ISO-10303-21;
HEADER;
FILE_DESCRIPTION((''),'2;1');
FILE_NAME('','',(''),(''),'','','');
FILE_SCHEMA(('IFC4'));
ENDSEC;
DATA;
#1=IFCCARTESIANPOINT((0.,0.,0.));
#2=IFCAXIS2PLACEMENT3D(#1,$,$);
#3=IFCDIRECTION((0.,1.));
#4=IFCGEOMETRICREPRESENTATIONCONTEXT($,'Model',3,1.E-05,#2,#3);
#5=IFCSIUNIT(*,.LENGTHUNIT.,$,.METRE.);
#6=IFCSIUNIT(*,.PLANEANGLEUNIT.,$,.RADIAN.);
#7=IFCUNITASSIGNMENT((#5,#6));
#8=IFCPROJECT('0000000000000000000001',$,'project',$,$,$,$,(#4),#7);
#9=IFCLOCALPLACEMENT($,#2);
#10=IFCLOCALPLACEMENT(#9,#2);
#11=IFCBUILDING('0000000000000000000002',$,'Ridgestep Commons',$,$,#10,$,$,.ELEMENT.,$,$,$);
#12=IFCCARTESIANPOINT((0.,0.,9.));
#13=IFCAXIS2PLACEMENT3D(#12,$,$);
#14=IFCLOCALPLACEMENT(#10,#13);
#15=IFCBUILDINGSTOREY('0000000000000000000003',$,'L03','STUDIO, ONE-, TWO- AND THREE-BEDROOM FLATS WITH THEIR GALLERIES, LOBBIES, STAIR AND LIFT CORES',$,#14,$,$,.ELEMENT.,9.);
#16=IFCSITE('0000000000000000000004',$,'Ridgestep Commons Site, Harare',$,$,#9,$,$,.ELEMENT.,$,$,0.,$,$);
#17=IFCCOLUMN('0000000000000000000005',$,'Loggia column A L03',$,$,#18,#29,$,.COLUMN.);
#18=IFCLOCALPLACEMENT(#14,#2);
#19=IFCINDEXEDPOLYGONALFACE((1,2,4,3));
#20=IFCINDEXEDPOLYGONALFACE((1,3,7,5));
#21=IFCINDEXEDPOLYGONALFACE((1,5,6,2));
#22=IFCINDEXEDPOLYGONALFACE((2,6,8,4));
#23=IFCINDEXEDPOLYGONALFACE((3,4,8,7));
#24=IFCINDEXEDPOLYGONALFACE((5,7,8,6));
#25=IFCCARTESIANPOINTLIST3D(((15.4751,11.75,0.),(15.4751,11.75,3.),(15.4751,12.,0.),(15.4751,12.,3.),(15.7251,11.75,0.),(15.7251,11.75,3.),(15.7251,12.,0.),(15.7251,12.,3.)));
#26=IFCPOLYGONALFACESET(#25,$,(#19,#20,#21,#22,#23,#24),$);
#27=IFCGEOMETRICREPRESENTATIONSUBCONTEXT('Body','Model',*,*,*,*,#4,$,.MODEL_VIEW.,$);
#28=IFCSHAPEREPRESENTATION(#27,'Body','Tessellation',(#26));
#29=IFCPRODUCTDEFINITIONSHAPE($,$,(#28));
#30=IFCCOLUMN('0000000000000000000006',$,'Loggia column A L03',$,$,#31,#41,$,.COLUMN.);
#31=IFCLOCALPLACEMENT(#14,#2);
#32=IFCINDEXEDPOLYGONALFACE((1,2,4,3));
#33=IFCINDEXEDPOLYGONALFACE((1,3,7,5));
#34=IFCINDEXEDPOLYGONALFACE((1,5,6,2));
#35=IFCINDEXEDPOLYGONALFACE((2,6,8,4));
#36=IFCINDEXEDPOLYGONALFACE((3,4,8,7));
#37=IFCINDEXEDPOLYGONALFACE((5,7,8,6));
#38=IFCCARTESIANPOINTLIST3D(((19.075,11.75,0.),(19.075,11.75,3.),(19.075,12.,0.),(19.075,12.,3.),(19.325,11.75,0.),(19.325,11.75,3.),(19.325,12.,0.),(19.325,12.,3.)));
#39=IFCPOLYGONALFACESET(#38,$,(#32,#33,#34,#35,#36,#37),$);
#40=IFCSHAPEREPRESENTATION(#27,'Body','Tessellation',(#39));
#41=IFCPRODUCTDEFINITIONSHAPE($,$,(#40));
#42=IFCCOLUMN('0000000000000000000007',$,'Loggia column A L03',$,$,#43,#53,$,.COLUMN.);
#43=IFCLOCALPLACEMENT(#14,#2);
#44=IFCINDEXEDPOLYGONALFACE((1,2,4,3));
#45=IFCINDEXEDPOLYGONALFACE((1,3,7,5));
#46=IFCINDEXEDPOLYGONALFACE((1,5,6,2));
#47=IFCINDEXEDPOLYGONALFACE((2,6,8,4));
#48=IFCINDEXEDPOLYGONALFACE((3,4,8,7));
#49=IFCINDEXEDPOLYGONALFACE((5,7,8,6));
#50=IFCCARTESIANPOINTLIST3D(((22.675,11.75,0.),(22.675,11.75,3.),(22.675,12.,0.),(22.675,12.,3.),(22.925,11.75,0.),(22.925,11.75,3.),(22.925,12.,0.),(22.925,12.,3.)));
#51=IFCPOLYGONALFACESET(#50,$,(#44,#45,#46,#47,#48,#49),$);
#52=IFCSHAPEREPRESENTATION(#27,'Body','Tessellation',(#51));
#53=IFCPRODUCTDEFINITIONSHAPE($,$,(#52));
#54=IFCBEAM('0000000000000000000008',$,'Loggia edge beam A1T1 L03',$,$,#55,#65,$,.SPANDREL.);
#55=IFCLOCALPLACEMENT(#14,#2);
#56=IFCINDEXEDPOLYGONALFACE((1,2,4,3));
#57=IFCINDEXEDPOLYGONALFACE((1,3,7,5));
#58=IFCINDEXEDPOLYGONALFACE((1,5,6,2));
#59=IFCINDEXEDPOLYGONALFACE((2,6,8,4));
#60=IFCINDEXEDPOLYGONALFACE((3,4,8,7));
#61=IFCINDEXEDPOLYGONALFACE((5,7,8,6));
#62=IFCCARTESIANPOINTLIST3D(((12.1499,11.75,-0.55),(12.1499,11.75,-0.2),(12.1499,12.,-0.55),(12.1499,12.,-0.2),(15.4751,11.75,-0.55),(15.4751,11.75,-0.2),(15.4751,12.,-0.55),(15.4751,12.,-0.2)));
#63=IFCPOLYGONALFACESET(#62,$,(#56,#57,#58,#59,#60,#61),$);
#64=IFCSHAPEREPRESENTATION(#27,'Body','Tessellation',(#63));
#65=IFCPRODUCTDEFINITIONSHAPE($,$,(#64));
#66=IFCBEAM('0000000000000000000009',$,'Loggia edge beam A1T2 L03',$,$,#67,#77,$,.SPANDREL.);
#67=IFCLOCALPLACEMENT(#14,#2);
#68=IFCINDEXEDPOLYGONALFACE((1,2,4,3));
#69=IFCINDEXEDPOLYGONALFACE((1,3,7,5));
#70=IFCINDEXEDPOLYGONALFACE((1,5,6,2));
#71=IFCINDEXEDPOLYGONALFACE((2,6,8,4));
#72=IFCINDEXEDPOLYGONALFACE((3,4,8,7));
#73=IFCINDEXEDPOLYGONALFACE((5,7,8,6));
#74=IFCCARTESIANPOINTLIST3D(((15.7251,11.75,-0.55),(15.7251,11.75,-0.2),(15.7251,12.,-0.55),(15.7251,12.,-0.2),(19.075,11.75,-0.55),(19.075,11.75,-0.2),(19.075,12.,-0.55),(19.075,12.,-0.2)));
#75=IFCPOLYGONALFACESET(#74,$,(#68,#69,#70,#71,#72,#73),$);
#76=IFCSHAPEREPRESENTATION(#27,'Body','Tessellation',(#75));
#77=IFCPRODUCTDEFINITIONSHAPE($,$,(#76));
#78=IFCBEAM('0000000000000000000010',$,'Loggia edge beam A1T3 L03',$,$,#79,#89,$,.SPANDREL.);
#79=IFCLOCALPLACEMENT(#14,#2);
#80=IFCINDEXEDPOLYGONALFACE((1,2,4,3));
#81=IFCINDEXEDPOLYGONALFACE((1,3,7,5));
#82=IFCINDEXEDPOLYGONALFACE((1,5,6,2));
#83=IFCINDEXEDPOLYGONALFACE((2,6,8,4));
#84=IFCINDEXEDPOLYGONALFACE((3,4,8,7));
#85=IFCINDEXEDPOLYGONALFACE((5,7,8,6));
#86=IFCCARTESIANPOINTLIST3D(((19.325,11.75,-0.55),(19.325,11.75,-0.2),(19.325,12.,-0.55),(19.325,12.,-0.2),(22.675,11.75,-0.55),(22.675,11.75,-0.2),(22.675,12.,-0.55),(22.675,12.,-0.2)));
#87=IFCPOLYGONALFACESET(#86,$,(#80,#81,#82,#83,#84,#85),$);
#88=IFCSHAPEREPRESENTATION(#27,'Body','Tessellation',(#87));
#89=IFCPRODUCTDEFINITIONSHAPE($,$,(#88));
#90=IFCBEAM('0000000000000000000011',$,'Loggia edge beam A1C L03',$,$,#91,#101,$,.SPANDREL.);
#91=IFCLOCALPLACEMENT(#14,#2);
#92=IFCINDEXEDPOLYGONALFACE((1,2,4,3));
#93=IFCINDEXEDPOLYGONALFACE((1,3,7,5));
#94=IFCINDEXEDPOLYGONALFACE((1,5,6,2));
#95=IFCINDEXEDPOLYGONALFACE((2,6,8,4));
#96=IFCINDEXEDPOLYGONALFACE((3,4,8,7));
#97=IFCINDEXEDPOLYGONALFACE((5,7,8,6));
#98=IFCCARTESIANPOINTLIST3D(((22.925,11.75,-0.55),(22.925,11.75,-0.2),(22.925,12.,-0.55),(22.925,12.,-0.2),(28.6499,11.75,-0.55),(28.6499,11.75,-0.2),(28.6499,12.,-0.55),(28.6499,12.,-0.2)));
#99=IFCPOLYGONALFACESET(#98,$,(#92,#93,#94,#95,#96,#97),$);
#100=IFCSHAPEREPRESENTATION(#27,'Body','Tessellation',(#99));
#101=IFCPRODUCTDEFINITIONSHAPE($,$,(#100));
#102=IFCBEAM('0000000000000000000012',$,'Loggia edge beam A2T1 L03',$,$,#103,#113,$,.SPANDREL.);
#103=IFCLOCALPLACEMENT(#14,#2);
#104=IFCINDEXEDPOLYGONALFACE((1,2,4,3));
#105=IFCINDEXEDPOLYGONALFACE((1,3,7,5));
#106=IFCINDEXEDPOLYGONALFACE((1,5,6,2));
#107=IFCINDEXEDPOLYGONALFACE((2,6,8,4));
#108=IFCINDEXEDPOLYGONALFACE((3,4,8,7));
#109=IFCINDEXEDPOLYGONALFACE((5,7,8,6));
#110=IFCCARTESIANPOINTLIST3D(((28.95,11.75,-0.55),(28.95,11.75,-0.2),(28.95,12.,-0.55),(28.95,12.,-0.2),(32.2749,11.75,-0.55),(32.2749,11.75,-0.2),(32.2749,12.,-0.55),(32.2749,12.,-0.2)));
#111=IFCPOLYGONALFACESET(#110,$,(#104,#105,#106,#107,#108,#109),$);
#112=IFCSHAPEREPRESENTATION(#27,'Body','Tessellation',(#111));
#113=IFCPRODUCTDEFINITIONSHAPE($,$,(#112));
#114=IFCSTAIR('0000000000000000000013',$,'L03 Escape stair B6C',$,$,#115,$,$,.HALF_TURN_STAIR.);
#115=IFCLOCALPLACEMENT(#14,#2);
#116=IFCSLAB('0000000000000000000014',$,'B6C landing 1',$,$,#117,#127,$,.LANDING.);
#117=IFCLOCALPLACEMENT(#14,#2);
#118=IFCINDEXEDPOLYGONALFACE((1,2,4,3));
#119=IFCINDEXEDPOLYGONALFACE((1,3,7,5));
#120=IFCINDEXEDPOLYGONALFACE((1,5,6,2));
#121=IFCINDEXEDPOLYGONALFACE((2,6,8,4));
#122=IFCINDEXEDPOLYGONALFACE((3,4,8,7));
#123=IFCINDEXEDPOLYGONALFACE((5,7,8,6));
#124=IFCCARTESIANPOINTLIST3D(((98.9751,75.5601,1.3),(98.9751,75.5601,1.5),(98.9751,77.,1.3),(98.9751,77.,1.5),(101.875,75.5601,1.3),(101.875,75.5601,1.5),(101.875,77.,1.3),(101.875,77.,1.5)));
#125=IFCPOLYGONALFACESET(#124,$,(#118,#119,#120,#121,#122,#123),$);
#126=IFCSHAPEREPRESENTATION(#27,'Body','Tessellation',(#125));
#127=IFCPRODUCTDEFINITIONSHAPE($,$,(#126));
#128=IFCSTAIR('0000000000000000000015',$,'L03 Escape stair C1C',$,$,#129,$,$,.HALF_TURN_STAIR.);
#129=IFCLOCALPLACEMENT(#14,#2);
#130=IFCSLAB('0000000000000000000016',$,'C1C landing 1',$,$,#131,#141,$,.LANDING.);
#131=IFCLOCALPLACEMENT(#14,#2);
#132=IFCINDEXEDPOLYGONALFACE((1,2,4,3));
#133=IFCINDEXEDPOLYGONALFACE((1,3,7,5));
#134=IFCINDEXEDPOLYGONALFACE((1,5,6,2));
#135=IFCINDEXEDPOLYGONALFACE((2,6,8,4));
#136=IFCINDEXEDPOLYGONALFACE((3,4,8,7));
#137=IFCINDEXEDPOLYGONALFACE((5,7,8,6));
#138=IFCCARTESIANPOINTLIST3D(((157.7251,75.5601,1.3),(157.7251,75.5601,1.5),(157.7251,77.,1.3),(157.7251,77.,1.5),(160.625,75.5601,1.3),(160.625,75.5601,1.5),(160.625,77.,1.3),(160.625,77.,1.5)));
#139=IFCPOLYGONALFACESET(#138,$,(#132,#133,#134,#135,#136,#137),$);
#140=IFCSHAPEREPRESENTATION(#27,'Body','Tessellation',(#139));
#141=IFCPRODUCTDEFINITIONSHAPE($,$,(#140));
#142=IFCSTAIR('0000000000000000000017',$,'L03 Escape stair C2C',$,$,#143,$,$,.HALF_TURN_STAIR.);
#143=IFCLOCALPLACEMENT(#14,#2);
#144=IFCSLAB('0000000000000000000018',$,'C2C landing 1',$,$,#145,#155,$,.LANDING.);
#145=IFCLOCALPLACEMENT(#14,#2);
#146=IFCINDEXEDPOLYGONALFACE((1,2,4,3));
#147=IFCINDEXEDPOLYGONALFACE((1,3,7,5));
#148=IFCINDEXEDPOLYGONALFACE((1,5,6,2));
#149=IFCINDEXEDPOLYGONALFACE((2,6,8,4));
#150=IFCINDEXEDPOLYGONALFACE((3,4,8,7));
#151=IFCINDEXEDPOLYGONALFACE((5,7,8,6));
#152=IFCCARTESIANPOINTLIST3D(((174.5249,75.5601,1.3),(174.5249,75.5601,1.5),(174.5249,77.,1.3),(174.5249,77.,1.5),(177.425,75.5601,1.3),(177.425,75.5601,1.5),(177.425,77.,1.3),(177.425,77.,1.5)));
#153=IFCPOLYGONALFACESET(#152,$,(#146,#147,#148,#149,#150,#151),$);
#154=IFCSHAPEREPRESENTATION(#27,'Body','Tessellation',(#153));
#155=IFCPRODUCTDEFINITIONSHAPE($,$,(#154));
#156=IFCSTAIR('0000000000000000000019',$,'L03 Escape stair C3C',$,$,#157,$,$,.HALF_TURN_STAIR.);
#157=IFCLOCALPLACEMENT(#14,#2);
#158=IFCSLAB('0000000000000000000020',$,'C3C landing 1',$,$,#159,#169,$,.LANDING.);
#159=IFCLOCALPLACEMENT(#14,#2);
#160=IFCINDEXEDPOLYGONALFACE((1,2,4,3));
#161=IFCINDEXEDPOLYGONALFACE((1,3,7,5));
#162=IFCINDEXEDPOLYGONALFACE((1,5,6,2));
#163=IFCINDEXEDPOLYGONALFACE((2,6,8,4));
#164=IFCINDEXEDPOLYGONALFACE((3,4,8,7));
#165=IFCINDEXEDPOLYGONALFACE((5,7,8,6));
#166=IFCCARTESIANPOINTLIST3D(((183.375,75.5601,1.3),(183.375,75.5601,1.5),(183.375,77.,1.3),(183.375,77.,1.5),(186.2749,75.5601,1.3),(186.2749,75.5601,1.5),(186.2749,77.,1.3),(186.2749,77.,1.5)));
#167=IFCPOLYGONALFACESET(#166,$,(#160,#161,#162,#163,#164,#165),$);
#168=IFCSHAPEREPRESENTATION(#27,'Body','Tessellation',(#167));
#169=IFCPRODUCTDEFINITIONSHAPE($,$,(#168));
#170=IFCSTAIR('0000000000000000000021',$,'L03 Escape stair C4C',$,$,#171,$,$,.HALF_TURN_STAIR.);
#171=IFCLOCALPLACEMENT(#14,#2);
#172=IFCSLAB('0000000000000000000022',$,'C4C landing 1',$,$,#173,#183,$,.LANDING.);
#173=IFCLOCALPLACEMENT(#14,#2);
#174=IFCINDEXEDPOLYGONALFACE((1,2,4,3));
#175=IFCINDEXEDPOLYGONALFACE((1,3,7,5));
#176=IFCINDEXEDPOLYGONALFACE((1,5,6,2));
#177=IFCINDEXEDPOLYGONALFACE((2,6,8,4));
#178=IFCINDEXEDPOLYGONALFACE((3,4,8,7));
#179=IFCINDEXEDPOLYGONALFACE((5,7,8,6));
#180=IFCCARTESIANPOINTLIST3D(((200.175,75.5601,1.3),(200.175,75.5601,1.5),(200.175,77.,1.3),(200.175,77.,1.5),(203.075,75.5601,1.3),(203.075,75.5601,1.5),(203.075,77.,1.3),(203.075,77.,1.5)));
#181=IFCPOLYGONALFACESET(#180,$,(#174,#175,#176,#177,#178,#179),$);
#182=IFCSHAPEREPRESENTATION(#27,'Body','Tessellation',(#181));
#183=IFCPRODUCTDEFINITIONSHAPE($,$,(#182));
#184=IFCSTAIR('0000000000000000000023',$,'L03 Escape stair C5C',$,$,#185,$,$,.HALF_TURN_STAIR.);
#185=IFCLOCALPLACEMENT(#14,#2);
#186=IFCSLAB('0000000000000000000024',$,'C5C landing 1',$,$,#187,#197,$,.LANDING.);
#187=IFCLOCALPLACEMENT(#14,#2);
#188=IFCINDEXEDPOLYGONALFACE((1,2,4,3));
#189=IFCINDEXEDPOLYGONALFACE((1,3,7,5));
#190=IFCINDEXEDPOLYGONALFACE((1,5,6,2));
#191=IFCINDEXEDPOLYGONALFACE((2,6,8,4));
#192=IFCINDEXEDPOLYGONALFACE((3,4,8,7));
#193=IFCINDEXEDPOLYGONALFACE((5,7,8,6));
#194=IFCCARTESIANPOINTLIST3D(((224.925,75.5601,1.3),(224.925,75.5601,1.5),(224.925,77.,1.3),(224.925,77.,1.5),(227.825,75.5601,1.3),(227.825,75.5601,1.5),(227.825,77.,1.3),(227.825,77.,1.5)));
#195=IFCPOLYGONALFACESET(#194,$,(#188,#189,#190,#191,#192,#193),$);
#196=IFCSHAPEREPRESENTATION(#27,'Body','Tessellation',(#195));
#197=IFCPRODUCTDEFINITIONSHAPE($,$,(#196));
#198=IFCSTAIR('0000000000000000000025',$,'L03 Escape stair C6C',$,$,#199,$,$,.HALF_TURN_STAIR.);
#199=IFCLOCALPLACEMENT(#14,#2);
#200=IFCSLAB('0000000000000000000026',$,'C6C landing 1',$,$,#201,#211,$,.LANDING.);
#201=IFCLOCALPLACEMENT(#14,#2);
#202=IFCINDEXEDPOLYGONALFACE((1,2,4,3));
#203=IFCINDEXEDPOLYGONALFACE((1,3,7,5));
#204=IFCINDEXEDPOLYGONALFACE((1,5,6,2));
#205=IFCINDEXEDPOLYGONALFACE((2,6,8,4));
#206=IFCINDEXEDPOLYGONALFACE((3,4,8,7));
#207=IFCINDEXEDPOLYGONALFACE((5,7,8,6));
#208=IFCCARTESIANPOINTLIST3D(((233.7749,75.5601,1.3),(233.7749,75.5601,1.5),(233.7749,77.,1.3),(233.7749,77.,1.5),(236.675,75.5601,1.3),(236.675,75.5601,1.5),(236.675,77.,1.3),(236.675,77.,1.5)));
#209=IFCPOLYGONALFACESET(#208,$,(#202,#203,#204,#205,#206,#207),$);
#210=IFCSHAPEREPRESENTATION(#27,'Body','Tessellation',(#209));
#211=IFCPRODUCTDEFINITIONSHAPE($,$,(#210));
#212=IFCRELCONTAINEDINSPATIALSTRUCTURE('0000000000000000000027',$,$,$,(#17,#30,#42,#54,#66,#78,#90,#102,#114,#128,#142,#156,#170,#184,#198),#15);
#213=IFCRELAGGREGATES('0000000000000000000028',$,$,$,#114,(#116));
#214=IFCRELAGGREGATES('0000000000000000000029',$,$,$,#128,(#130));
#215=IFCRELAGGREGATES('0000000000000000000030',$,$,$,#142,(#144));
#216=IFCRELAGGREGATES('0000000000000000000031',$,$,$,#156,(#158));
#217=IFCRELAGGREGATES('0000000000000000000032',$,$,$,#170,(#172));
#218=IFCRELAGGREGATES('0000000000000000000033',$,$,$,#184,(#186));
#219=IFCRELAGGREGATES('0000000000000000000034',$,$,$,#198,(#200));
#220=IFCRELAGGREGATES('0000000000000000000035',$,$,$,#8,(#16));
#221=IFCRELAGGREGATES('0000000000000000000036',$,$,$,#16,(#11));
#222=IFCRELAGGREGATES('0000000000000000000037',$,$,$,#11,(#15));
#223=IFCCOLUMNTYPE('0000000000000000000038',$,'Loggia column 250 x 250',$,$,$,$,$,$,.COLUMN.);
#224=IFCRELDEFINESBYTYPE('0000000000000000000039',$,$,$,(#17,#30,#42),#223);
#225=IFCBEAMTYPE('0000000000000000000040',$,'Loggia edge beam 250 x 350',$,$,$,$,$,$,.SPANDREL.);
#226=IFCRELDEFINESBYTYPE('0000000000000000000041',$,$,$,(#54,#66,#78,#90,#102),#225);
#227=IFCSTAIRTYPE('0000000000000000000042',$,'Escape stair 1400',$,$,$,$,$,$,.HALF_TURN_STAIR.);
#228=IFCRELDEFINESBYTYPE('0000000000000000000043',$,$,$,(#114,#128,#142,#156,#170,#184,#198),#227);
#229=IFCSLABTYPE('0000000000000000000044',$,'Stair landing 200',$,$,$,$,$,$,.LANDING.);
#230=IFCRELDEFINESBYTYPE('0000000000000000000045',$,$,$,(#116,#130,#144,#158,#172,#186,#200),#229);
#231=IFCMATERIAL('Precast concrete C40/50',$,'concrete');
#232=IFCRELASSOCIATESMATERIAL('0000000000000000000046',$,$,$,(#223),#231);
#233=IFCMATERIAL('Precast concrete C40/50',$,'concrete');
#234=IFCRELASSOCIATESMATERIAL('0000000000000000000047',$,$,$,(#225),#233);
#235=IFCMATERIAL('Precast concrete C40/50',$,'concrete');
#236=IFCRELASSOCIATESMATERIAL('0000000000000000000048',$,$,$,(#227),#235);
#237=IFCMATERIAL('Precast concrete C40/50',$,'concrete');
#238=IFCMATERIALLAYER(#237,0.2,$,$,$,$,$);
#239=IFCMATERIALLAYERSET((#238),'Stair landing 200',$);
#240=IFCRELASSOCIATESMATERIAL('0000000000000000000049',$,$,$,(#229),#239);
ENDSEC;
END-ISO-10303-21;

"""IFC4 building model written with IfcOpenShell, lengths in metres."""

from ifc_helpers import new_model, si_unit, direction, frame, origin, origin_2d, place, context, subcontext, project, spatial, polyline, rectangle, outline, extrude, material, layer, layer_set, material_profile, profile_set, type_object, element, aggregate, save


model = new_model("IFC4")

# Units and contexts
model_context = context("Model", 3, precision=1e-05, world=origin(), true_north=direction((0.0, 1.0)))
body_context = subcontext(model_context, "Body", "Model", "MODEL_VIEW")
ifc_project = project(units=[si_unit("LENGTHUNIT", "METRE"), si_unit("PLANEANGLEUNIT", "RADIAN")], contexts=[model_context])

# Site, building, storey
site_placement = place(None, origin())
site = spatial("IfcSite", under=ifc_project, at=site_placement, Name="Ridgestep Commons Site, Harare", CompositionType="ELEMENT", RefElevation=0.0)
building_placement = place(site_placement, origin())
building = spatial("IfcBuilding", under=site, at=building_placement, Name="Ridgestep Commons", CompositionType="ELEMENT")
storey_placement = place(building_placement, frame((0.0, 0.0, 9.0)))
storey = spatial("IfcBuildingStorey", under=building, at=storey_placement, Name="L03", Description="STUDIO, ONE-, TWO- AND THREE-BEDROOM FLATS WITH THEIR GALLERIES, LOBBIES, STAIR AND LIFT CORES", CompositionType="ELEMENT", Elevation=9.0)

# Columns
ifc_material_1 = material(Name="Precast concrete C40/50", Category="concrete")
ifc_material_profile_1 = material_profile(ifc_material_1, rectangle(XDim=0.25, YDim=0.25, at=origin_2d()), Name="PC 250x250")
ifc_profile_set_1 = profile_set([ifc_material_profile_1], Name="Precast concrete C40/50")
column_type = type_object("IfcColumnType", Name="Loggia column 250 x 250", PredefinedType="COLUMN", material=ifc_profile_set_1)
for number, where, z_axis, x_axis, name in (
    (1, (15.6001, 11.875, 0.0), (0.0, 0.0, 1.0), (1.0, 0.0, 0.0), "Loggia column A L03"),
    (2, (19.2, 11.875, 0.0), (0.0, 0.0, 1.0), (1.0, 0.0, 0.0), "Loggia column A L03"),
    (3, (22.8, 11.875, 0.0), (0.0, 0.0, 1.0), (1.0, 0.0, 0.0), "Loggia column A L03"),
):
    element("IfcColumn", number, at=place(storey_placement, frame(where, z_axis=z_axis, x_axis=x_axis)), inside=storey, type_object=column_type, Name=name, PredefinedType="COLUMN", context=body_context, shape_type="SweptSolid", body=[
        extrude(rectangle(XDim=0.25, YDim=0.25, at=origin_2d()), origin(), (0.0, 0.0, 1.0), 3.0),
    ])

# Beams
ifc_material_2 = material(Name="Precast concrete C40/50", Category="concrete")
ifc_material_profile_2 = material_profile(ifc_material_2, rectangle(XDim=0.25, YDim=0.3501, at=origin_2d()), Name="PC 250x350")
ifc_profile_set_2 = profile_set([ifc_material_profile_2], Name="Precast concrete C40/50")
beam_type = type_object("IfcBeamType", Name="Loggia edge beam 250 x 350", PredefinedType="SPANDREL", material=ifc_profile_set_2)
beam_1_placement = place(storey_placement, frame((12.1499, 11.875, -0.375), z_axis=(1.0, 0.0, 0.0), x_axis=(0.0, 1.0, 0.0)))
element("IfcBeam", 4, at=beam_1_placement, inside=storey, type_object=beam_type, Name="Loggia edge beam A1T1 L03", PredefinedType="SPANDREL", context=body_context, shape_type="SweptSolid", body=[
    extrude(rectangle(XDim=0.25, YDim=0.3501, at=origin_2d()), origin(), (0.0, 0.0, 1.0), 3.3252),
])
beam_2_placement = place(storey_placement, frame((15.7251, 11.875, -0.375), z_axis=(1.0, 0.0, 0.0), x_axis=(0.0, 1.0, 0.0)))
element("IfcBeam", 5, at=beam_2_placement, inside=storey, type_object=beam_type, Name="Loggia edge beam A1T2 L03", PredefinedType="SPANDREL", context=body_context, shape_type="SweptSolid", body=[
    extrude(rectangle(XDim=0.25, YDim=0.3501, at=origin_2d()), origin(), (0.0, 0.0, 1.0), 3.3499),
])
beam_3_placement = place(storey_placement, frame((19.325, 11.875, -0.375), z_axis=(1.0, 0.0, 0.0), x_axis=(0.0, 1.0, 0.0)))
element("IfcBeam", 6, at=beam_3_placement, inside=storey, type_object=beam_type, Name="Loggia edge beam A1T3 L03", PredefinedType="SPANDREL", context=body_context, shape_type="SweptSolid", body=[
    extrude(rectangle(XDim=0.25, YDim=0.3501, at=origin_2d()), origin(), (0.0, 0.0, 1.0), 3.3501),
])
beam_4_placement = place(storey_placement, frame((22.925, 11.875, -0.375), z_axis=(1.0, 0.0, 0.0), x_axis=(0.0, 1.0, 0.0)))
element("IfcBeam", 7, at=beam_4_placement, inside=storey, type_object=beam_type, Name="Loggia edge beam A1C L03", PredefinedType="SPANDREL", context=body_context, shape_type="SweptSolid", body=[
    extrude(rectangle(XDim=0.25, YDim=0.3501, at=origin_2d()), origin(), (0.0, 0.0, 1.0), 5.7249),
])
beam_5_placement = place(storey_placement, frame((28.95, 11.875, -0.375), z_axis=(1.0, 0.0, 0.0), x_axis=(0.0, 1.0, 0.0)))
element("IfcBeam", 8, at=beam_5_placement, inside=storey, type_object=beam_type, Name="Loggia edge beam A2T1 L03", PredefinedType="SPANDREL", context=body_context, shape_type="SweptSolid", body=[
    extrude(rectangle(XDim=0.25, YDim=0.3501, at=origin_2d()), origin(), (0.0, 0.0, 1.0), 3.325),
])

# Stairs, slabs
ifc_material_3 = material(Name="Precast concrete C40/50", Category="concrete")
stair_type = type_object("IfcStairType", Name="Escape stair 1400", PredefinedType="HALF_TURN_STAIR", material=ifc_material_3)
stair_1_placement = place(storey_placement, origin())
stair_1 = element("IfcStair", 9, at=stair_1_placement, inside=storey, type_object=stair_type, Name="L03 Escape stair B6C", PredefinedType="HALF_TURN_STAIR")
ifc_material_4 = material(Name="Precast concrete C40/50", Category="concrete")
ifc_layer_1 = layer(ifc_material_4, 0.2)
ifc_layer_set_1 = layer_set([ifc_layer_1], Name="Stair landing 200")
slab_type = type_object("IfcSlabType", Name="Stair landing 200", PredefinedType="LANDING", material=ifc_layer_set_1)
slab_1_placement = place(storey_placement, frame((0.0, 0.0, 1.3)))
slab_1 = element("IfcSlab", 10, at=slab_1_placement, type_object=slab_type, Name="B6C landing 1", PredefinedType="LANDING", context=body_context, shape_type="SweptSolid", body=[
    extrude(outline(polyline([(101.875, 75.5601), (101.875, 77.0), (98.9751, 77.0), (98.9751, 75.5601), (101.875, 75.5601)])), origin(), (0.0, 0.0, 1.0), 0.2),
])
aggregate(stair_1, [slab_1])
stair_2_placement = place(storey_placement, origin())
stair_2 = element("IfcStair", 11, at=stair_2_placement, inside=storey, type_object=stair_type, Name="L03 Escape stair C1C", PredefinedType="HALF_TURN_STAIR")
slab_2_placement = place(storey_placement, frame((0.0, 0.0, 1.3)))
slab_2 = element("IfcSlab", 12, at=slab_2_placement, type_object=slab_type, Name="C1C landing 1", PredefinedType="LANDING", context=body_context, shape_type="SweptSolid", body=[
    extrude(outline(polyline([(160.625, 75.5601), (160.625, 77.0), (157.7251, 77.0), (157.7251, 75.5601), (160.625, 75.5601)])), origin(), (0.0, 0.0, 1.0), 0.2),
])
aggregate(stair_2, [slab_2])
stair_3_placement = place(storey_placement, origin())
stair_3 = element("IfcStair", 13, at=stair_3_placement, inside=storey, type_object=stair_type, Name="L03 Escape stair C2C", PredefinedType="HALF_TURN_STAIR")
slab_3_placement = place(storey_placement, frame((0.0, 0.0, 1.3)))
slab_3 = element("IfcSlab", 14, at=slab_3_placement, type_object=slab_type, Name="C2C landing 1", PredefinedType="LANDING", context=body_context, shape_type="SweptSolid", body=[
    extrude(outline(polyline([(177.425, 75.5601), (177.425, 77.0), (174.5249, 77.0), (174.5249, 75.5601), (177.425, 75.5601)])), origin(), (0.0, 0.0, 1.0), 0.2),
])
aggregate(stair_3, [slab_3])
stair_4_placement = place(storey_placement, origin())
stair_4 = element("IfcStair", 15, at=stair_4_placement, inside=storey, type_object=stair_type, Name="L03 Escape stair C3C", PredefinedType="HALF_TURN_STAIR")
slab_4_placement = place(storey_placement, frame((0.0, 0.0, 1.3)))
slab_4 = element("IfcSlab", 16, at=slab_4_placement, type_object=slab_type, Name="C3C landing 1", PredefinedType="LANDING", context=body_context, shape_type="SweptSolid", body=[
    extrude(outline(polyline([(186.2749, 75.5601), (186.2749, 77.0), (183.375, 77.0), (183.375, 75.5601), (186.2749, 75.5601)])), origin(), (0.0, 0.0, 1.0), 0.2),
])
aggregate(stair_4, [slab_4])
stair_5_placement = place(storey_placement, origin())
stair_5 = element("IfcStair", 17, at=stair_5_placement, inside=storey, type_object=stair_type, Name="L03 Escape stair C4C", PredefinedType="HALF_TURN_STAIR")
slab_5_placement = place(storey_placement, frame((0.0, 0.0, 1.3)))
slab_5 = element("IfcSlab", 18, at=slab_5_placement, type_object=slab_type, Name="C4C landing 1", PredefinedType="LANDING", context=body_context, shape_type="SweptSolid", body=[
    extrude(outline(polyline([(203.075, 75.5601), (203.075, 77.0), (200.175, 77.0), (200.175, 75.5601), (203.075, 75.5601)])), origin(), (0.0, 0.0, 1.0), 0.2),
])
aggregate(stair_5, [slab_5])
stair_6_placement = place(storey_placement, origin())
stair_6 = element("IfcStair", 19, at=stair_6_placement, inside=storey, type_object=stair_type, Name="L03 Escape stair C5C", PredefinedType="HALF_TURN_STAIR")
slab_6_placement = place(storey_placement, frame((0.0, 0.0, 1.3)))
slab_6 = element("IfcSlab", 20, at=slab_6_placement, type_object=slab_type, Name="C5C landing 1", PredefinedType="LANDING", context=body_context, shape_type="SweptSolid", body=[
    extrude(outline(polyline([(227.825, 75.5601), (227.825, 77.0), (224.925, 77.0), (224.925, 75.5601), (227.825, 75.5601)])), origin(), (0.0, 0.0, 1.0), 0.2),
])
aggregate(stair_6, [slab_6])
stair_7_placement = place(storey_placement, origin())
stair_7 = element("IfcStair", 21, at=stair_7_placement, inside=storey, type_object=stair_type, Name="L03 Escape stair C6C", PredefinedType="HALF_TURN_STAIR")
slab_7_placement = place(storey_placement, frame((0.0, 0.0, 1.3)))
slab_7 = element("IfcSlab", 22, at=slab_7_placement, type_object=slab_type, Name="C6C landing 1", PredefinedType="LANDING", context=body_context, shape_type="SweptSolid", body=[
    extrude(outline(polyline([(236.675, 75.5601), (236.675, 77.0), (233.7749, 77.0), (233.7749, 75.5601), (236.675, 75.5601)])), origin(), (0.0, 0.0, 1.0), 0.2),
])
aggregate(stair_7, [slab_7])

save(model, "model.ifc")
